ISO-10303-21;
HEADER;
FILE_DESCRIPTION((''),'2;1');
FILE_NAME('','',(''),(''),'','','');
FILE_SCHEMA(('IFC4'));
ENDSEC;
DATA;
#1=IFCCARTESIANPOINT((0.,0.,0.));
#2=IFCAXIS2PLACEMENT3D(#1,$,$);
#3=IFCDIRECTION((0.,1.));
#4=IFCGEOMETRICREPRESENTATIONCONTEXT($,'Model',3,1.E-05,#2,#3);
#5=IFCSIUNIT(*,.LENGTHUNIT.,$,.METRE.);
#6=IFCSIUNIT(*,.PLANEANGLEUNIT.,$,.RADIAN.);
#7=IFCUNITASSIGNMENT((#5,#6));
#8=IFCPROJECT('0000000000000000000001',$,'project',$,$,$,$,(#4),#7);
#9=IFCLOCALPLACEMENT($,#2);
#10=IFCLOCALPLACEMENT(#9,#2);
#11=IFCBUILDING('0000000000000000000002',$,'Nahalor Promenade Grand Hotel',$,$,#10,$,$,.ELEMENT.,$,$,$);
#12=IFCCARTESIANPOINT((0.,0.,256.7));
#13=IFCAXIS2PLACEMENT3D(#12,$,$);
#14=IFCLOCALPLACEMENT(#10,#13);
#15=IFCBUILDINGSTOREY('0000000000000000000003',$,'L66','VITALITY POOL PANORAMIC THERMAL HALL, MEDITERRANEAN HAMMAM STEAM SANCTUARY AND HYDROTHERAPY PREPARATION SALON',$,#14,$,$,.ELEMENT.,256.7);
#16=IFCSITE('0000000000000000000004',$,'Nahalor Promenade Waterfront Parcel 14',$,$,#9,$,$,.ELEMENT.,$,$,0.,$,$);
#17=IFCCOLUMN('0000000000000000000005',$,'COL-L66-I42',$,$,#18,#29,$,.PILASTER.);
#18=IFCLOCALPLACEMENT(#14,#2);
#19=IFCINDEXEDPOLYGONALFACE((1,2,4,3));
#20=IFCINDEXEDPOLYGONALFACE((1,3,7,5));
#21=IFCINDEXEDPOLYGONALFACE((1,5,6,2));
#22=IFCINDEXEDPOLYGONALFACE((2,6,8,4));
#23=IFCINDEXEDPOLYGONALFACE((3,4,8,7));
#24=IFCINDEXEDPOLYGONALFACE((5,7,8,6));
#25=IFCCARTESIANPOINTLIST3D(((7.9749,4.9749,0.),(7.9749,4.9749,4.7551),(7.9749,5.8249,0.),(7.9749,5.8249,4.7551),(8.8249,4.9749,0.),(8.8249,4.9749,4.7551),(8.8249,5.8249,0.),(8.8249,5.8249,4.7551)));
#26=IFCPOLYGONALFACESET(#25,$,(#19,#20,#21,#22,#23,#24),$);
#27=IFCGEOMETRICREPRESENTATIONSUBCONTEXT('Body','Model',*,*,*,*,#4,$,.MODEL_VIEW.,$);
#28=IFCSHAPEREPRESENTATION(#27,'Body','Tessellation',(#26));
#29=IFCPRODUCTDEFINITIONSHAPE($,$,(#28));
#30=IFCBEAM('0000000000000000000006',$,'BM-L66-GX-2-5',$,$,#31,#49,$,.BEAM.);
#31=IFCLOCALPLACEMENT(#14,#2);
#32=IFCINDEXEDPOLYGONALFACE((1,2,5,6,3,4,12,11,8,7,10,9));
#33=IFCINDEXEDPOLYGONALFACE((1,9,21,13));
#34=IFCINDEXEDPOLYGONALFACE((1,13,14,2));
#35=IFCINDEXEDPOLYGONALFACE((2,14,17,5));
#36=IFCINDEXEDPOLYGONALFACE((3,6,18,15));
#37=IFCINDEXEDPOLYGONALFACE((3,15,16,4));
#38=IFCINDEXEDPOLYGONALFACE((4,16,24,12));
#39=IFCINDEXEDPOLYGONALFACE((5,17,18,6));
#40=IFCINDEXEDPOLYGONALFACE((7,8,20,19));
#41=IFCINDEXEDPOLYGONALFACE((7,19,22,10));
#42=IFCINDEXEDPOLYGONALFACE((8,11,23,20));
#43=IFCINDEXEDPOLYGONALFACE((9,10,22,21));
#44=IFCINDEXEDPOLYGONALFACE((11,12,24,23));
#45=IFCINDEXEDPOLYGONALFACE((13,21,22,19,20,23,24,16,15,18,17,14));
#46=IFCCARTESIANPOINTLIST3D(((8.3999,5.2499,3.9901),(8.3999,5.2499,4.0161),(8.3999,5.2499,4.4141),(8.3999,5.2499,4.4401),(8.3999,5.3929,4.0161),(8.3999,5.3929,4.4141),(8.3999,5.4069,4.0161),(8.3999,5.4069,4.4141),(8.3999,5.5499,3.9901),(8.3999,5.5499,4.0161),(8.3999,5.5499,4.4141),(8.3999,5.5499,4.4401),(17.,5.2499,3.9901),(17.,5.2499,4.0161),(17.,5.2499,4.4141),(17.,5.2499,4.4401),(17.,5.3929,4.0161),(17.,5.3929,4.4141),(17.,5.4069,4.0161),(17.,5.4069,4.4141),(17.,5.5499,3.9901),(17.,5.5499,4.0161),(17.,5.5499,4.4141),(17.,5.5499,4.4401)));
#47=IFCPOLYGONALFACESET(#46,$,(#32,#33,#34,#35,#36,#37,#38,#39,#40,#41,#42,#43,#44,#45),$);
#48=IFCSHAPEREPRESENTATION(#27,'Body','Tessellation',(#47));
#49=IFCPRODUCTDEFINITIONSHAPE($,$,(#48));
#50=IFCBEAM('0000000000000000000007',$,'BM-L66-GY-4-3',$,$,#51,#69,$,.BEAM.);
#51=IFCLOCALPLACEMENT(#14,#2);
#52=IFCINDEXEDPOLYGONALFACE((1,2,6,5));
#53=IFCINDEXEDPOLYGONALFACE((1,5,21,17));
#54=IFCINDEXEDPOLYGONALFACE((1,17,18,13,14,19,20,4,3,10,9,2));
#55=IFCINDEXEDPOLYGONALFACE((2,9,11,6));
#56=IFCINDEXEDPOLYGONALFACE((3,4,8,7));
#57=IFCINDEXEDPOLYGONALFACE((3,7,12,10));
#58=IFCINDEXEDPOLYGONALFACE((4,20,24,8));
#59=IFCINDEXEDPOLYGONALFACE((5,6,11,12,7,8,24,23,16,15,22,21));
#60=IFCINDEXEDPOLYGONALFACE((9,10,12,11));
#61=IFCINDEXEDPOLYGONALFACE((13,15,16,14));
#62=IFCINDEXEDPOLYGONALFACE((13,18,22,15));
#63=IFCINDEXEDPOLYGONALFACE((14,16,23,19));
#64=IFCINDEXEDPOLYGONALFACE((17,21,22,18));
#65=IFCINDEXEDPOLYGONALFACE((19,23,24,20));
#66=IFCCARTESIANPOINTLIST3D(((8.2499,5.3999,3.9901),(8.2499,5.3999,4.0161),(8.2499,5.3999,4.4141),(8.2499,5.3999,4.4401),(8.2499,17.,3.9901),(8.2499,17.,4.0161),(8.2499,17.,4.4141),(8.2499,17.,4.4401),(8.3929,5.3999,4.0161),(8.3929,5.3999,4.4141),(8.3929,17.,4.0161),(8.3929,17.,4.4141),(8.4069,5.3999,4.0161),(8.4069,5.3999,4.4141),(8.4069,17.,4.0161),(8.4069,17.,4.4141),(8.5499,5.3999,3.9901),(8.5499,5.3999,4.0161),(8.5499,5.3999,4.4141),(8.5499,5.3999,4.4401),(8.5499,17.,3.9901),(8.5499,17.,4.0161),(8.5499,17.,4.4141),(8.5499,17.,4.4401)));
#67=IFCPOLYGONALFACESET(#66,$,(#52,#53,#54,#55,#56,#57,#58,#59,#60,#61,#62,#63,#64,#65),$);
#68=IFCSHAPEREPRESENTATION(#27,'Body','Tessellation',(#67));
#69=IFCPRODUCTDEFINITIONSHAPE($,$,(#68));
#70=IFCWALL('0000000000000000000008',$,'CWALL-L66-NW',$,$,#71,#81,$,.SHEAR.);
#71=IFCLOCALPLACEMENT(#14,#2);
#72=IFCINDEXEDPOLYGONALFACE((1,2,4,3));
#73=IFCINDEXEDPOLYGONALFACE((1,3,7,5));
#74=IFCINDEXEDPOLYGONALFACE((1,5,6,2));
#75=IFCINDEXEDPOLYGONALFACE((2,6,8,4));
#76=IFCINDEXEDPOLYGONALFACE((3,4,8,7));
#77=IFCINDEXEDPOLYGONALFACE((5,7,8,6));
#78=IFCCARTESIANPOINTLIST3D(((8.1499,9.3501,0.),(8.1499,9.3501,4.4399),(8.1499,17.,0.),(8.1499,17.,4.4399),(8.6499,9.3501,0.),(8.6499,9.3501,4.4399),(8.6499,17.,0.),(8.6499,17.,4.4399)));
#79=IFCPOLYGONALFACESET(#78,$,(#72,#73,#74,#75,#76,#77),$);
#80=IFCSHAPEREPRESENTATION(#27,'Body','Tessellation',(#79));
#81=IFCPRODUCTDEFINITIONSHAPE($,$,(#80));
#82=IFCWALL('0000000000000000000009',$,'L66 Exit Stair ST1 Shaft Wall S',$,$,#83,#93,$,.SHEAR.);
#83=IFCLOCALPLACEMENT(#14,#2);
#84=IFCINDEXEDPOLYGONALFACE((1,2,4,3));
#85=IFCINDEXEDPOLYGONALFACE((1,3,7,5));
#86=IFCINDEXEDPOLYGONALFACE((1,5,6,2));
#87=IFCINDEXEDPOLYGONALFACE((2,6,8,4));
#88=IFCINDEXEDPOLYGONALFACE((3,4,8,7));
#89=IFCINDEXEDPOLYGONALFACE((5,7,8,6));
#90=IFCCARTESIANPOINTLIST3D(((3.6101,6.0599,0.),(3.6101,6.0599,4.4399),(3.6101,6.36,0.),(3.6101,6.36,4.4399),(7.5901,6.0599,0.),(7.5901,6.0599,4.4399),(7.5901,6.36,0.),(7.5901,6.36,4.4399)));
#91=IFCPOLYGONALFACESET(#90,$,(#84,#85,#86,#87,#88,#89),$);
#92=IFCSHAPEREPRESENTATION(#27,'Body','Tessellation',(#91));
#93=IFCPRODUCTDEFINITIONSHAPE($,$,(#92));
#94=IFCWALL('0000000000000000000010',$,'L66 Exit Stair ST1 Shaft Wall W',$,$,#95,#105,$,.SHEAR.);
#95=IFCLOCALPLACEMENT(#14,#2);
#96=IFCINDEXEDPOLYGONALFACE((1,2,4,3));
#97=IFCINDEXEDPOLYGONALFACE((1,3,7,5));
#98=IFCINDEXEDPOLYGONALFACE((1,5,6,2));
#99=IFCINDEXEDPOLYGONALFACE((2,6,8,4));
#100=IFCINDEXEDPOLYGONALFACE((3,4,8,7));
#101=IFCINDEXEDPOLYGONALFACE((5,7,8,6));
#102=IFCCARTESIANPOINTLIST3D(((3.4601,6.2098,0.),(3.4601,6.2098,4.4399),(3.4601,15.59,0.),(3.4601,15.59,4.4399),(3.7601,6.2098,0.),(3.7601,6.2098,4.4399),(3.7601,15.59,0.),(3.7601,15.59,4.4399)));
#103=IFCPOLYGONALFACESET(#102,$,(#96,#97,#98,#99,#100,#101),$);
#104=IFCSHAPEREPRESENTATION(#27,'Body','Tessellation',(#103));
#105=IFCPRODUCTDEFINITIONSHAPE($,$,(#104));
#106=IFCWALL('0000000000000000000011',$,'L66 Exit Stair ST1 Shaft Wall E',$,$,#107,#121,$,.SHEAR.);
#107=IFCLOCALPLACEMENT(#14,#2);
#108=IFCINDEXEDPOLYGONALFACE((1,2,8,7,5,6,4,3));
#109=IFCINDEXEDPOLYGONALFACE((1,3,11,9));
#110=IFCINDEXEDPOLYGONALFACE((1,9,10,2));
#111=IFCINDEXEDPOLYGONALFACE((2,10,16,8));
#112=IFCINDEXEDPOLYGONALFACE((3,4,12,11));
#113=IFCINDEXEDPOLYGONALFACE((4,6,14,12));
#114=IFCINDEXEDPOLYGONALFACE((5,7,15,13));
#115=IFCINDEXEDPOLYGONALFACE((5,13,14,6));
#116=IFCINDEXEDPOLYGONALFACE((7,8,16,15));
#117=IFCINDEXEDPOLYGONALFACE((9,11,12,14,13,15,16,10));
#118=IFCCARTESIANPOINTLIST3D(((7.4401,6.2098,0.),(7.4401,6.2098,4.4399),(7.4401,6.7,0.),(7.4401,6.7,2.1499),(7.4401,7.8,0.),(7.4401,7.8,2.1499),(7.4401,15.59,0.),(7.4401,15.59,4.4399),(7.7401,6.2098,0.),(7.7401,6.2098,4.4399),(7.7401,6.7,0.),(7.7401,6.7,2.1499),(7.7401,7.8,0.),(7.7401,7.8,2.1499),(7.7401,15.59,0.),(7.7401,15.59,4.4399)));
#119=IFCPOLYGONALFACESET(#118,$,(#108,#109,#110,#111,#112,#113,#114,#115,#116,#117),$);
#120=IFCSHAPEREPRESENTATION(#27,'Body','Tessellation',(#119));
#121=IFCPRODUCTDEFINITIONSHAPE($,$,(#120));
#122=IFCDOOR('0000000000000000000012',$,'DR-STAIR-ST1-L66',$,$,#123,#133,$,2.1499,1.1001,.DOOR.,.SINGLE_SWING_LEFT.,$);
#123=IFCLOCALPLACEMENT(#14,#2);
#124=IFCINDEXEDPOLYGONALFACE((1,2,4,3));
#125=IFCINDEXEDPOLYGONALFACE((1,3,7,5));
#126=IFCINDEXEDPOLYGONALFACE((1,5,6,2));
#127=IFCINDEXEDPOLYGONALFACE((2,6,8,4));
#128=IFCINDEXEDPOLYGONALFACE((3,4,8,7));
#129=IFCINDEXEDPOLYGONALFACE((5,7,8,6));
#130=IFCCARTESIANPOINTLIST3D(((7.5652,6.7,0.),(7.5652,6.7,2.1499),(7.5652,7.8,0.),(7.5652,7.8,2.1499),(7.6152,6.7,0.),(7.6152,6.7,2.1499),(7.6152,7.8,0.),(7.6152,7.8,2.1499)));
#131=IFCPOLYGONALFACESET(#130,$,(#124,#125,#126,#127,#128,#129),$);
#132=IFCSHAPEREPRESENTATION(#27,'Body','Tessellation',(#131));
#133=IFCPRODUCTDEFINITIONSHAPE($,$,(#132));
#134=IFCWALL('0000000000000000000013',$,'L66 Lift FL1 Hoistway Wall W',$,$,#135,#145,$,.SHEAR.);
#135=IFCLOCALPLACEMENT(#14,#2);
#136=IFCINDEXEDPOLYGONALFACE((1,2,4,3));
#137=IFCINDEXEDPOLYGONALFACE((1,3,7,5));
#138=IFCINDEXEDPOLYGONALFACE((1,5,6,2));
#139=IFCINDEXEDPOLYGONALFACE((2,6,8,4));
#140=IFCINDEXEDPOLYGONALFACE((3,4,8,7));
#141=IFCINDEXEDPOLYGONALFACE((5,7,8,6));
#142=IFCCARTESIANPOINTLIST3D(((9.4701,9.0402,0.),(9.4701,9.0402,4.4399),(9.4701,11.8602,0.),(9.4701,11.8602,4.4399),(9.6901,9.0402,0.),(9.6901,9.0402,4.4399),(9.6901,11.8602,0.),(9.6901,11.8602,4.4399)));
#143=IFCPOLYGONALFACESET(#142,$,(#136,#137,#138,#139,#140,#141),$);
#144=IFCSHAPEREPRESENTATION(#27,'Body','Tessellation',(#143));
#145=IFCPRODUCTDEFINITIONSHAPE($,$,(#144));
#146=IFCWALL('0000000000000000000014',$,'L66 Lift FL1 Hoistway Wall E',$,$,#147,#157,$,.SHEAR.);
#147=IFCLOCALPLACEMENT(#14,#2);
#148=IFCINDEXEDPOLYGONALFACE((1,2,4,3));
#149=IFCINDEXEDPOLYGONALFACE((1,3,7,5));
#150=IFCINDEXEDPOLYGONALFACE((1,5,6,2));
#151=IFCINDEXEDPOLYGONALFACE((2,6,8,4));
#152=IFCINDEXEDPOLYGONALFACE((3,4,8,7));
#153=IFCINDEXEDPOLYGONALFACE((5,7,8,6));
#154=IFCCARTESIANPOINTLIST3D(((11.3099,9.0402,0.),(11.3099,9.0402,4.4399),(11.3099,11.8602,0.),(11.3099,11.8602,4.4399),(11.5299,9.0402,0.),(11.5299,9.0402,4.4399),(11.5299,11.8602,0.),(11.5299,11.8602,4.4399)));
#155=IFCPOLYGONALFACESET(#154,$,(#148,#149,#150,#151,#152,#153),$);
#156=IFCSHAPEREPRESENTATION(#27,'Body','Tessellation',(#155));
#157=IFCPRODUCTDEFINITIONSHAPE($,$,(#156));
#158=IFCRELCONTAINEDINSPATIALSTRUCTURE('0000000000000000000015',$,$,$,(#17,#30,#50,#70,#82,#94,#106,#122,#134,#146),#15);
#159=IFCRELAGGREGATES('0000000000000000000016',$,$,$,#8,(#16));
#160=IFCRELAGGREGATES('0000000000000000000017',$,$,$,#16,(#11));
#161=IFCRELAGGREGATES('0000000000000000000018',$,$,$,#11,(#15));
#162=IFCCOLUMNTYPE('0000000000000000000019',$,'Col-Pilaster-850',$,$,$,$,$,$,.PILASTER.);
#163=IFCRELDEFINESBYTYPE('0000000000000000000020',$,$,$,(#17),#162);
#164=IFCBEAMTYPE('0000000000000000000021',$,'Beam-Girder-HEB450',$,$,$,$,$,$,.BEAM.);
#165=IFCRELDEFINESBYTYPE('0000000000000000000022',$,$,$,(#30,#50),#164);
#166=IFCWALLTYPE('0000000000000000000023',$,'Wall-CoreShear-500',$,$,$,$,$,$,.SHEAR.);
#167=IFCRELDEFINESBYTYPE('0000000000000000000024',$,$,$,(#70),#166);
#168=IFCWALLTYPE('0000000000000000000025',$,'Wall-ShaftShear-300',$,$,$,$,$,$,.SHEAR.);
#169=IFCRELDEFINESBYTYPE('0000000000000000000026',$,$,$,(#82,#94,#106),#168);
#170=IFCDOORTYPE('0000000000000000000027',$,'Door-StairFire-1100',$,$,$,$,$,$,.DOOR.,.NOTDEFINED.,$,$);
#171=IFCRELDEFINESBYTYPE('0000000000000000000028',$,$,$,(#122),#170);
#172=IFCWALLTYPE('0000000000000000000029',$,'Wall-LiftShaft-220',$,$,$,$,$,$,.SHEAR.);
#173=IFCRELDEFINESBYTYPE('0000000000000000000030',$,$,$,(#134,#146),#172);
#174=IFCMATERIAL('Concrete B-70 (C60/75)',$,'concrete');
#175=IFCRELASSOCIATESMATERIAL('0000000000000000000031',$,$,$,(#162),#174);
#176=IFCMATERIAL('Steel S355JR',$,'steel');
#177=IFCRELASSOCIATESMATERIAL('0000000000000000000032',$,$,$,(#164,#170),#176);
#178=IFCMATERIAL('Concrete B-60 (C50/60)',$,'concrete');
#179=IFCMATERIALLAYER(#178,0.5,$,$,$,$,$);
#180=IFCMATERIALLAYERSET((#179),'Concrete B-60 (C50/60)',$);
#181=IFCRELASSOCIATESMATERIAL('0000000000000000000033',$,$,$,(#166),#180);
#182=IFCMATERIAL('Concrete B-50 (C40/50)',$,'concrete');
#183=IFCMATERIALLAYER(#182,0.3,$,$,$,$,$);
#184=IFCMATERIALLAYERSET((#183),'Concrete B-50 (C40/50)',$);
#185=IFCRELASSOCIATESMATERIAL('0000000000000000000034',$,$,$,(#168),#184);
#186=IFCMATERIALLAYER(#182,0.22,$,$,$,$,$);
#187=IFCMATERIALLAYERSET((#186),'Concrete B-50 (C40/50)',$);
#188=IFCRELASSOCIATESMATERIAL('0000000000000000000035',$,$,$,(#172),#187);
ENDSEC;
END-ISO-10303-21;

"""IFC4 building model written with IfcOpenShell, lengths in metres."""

from ifc_helpers import new_model, si_unit, direction, frame, frame_2d, origin, origin_2d, place, context, subcontext, project, spatial, rectangle, i_section, extrude, source, transform, mapped, material, layer, layer_set, material_profile, profile_set, type_object, element, fill, save


model = new_model("IFC4")

# Units and contexts
model_context = context("Model", 3, precision=1e-05, world=origin(), true_north=direction((0.0, 1.0)))
body_context = subcontext(model_context, "Body", "Model", "MODEL_VIEW")
ifc_project = project(units=[si_unit("LENGTHUNIT", "METRE"), si_unit("PLANEANGLEUNIT", "RADIAN")], contexts=[model_context])

# Site, building, storey
site_placement = place(None, origin())
site = spatial("IfcSite", under=ifc_project, at=site_placement, Name="Nahalor Promenade Waterfront Parcel 14", CompositionType="ELEMENT", RefElevation=0.0)
building_placement = place(site_placement, origin())
building = spatial("IfcBuilding", under=site, at=building_placement, Name="Nahalor Promenade Grand Hotel", CompositionType="ELEMENT")
storey_placement = place(building_placement, frame((0.0, 0.0, 256.7)))
storey = spatial("IfcBuildingStorey", under=building, at=storey_placement, Name="L66", Description="VITALITY POOL PANORAMIC THERMAL HALL, MEDITERRANEAN HAMMAM STEAM SANCTUARY AND HYDROTHERAPY PREPARATION SALON", CompositionType="ELEMENT", Elevation=256.7)

# Column
ifc_material_1 = material(Name="Concrete B-70 (C60/75)", Category="concrete")
ifc_material_profile_1 = material_profile(ifc_material_1, rectangle(XDim=0.85, YDim=0.85, at=origin_2d()), Name="RC 850x850")
ifc_profile_set_1 = profile_set([ifc_material_profile_1], Name="Concrete B-70 (C60/75)")
column_type = type_object("IfcColumnType", Name="Col-Pilaster-850", PredefinedType="PILASTER", material=ifc_profile_set_1)
shared_shape_1 = source(origin(), body_context, "Body", "SweptSolid", [
    extrude(rectangle(XDim=0.85, YDim=0.85, at=origin_2d()), origin(), (0.0, 0.0, 1.0), 4.7551),
])
column_placement = place(storey_placement, frame((8.3999, 5.3999, 0.0), z_axis=(0.0, 0.0, 1.0), x_axis=(1.0, 0.0, 0.0)))
element("IfcColumn", 1, at=column_placement, inside=storey, type_object=column_type, Name="COL-L66-I42", PredefinedType="PILASTER", context=body_context, shape_type="MappedRepresentation", body=[
    mapped(shared_shape_1, transform((0.0, 0.0, 0.0), scale=1.0)),
])

# Beams
ifc_material_2 = material(Name="Steel S355JR", Category="steel")
ifc_material_profile_2 = material_profile(ifc_material_2, i_section(OverallWidth=0.3, OverallDepth=0.45, WebThickness=0.014, FlangeThickness=0.026, at=origin_2d()), Name="HEB 450")
ifc_profile_set_2 = profile_set([ifc_material_profile_2], Name="Steel S355JR")
beam_type = type_object("IfcBeamType", Name="Beam-Girder-HEB450", PredefinedType="BEAM", material=ifc_profile_set_2)
shared_shape_2 = source(origin(), body_context, "Body", "SweptSolid", [
    extrude(i_section(OverallWidth=0.3, OverallDepth=0.45, WebThickness=0.014, FlangeThickness=0.026, at=origin_2d()), origin(), (0.0, 0.0, 1.0), 8.6001),
])
beam_1_placement = place(storey_placement, frame((8.3999, 5.3999, 4.2151), z_axis=(1.0, 0.0, 0.0), x_axis=(0.0, 1.0, 0.0)))
element("IfcBeam", 2, at=beam_1_placement, inside=storey, type_object=beam_type, Name="BM-L66-GX-2-5", PredefinedType="BEAM", context=body_context, shape_type="MappedRepresentation", body=[
    mapped(shared_shape_2, transform((0.0, 0.0, 0.0), scale=1.0)),
])
shared_shape_3 = source(origin(), body_context, "Body", "SweptSolid", [
    extrude(i_section(OverallWidth=0.3, OverallDepth=0.45, WebThickness=0.014, FlangeThickness=0.026, at=origin_2d()), origin(), (0.0, 0.0, 1.0), 11.6001),
])
beam_2_placement = place(storey_placement, frame((8.3999, 5.3999, 4.2151), z_axis=(0.0, 1.0, 0.0), x_axis=(-1.0, 0.0, 0.0)))
element("IfcBeam", 3, at=beam_2_placement, inside=storey, type_object=beam_type, Name="BM-L66-GY-4-3", PredefinedType="BEAM", context=body_context, shape_type="MappedRepresentation", body=[
    mapped(shared_shape_3, transform((0.0, 0.0, 0.0), scale=1.0)),
])

# Walls
ifc_material_3 = material(Name="Concrete B-60 (C50/60)", Category="concrete")
ifc_layer_1 = layer(ifc_material_3, 0.5)
ifc_layer_set_1 = layer_set([ifc_layer_1], Name="Concrete B-60 (C50/60)")
wall_type_1 = type_object("IfcWallType", Name="Wall-CoreShear-500", PredefinedType="SHEAR", material=ifc_layer_set_1)
shared_shape_4 = source(origin(), body_context, "Body", "SweptSolid", [
    extrude(rectangle(XDim=7.6499, YDim=0.5, at=frame_2d((3.825, 0.0))), origin(), (0.0, 0.0, 1.0), 4.4399),
])
wall_1_placement = place(storey_placement, frame((8.3999, 9.3501, 0.0), z_axis=(0.0, 0.0, 1.0), x_axis=(0.0, 1.0, 0.0)))
element("IfcWall", 4, at=wall_1_placement, inside=storey, type_object=wall_type_1, Name="CWALL-L66-NW", PredefinedType="SHEAR", context=body_context, shape_type="MappedRepresentation", body=[
    mapped(shared_shape_4, transform((0.0, 0.0, 0.0), scale=1.0)),
])
ifc_material_4 = material(Name="Concrete B-50 (C40/50)", Category="concrete")
ifc_layer_2 = layer(ifc_material_4, 0.3)
ifc_layer_set_2 = layer_set([ifc_layer_2], Name="Concrete B-50 (C40/50)")
wall_type_2 = type_object("IfcWallType", Name="Wall-ShaftShear-300", PredefinedType="SHEAR", material=ifc_layer_set_2)
shared_shape_5 = source(origin(), body_context, "Body", "SweptSolid", [
    extrude(rectangle(XDim=3.98, YDim=0.3, at=frame_2d((1.99, 0.0))), origin(), (0.0, 0.0, 1.0), 4.4399),
])
wall_2_placement = place(storey_placement, frame((3.6101, 6.21, 0.0), z_axis=(0.0, 0.0, 1.0), x_axis=(1.0, 0.0, 0.0)))
element("IfcWall", 5, at=wall_2_placement, inside=storey, type_object=wall_type_2, Name="L66 Exit Stair ST1 Shaft Wall S", PredefinedType="SHEAR", context=body_context, shape_type="MappedRepresentation", body=[
    mapped(shared_shape_5, transform((0.0, 0.0, 0.0), scale=1.0)),
])
shared_shape_6 = source(origin(), body_context, "Body", "SweptSolid", [
    extrude(rectangle(XDim=9.3801, YDim=0.3, at=frame_2d((4.6899, 0.0))), origin(), (0.0, 0.0, 1.0), 4.4399),
])
wall_3_placement = place(storey_placement, frame((3.6101, 6.21, 0.0), z_axis=(0.0, 0.0, 1.0), x_axis=(0.0, 1.0, 0.0)))
element("IfcWall", 6, at=wall_3_placement, inside=storey, type_object=wall_type_2, Name="L66 Exit Stair ST1 Shaft Wall W", PredefinedType="SHEAR", context=body_context, shape_type="MappedRepresentation", body=[
    mapped(shared_shape_6, transform((0.0, 0.0, 0.0), scale=1.0)),
])

# Wall, opening, door
wall_4_placement = place(storey_placement, frame((7.5901, 6.21, 0.0), z_axis=(0.0, 0.0, 1.0), x_axis=(0.0, 1.0, 0.0)))
wall_4 = element("IfcWall", 7, at=wall_4_placement, inside=storey, type_object=wall_type_2, Name="L66 Exit Stair ST1 Shaft Wall E", PredefinedType="SHEAR", context=body_context, shape_type="MappedRepresentation", body=[
    mapped(shared_shape_6, transform((0.0, 0.0, 0.0), scale=1.0)),
])
opening_1_placement = place(wall_4_placement, frame((0.49, 0.0, 0.0)))
opening_1 = element("IfcOpeningElement", 8, at=opening_1_placement, cuts=wall_4, PredefinedType="OPENING", context=body_context, shape_type="SweptSolid", body=[
    extrude(rectangle(XDim=1.1001, YDim=2.1499, at=frame_2d((0.55, 1.075))), frame((0.0, 0.1599, 0.0), z_axis=(0.0, -1.0, 0.0), x_axis=(1.0, 0.0, 0.0)), (0.0, 0.0, 1.0), 0.3201),
])
door_type_1 = type_object("IfcDoorType", Name="Door-StairFire-1100", OperationType="NOTDEFINED", PredefinedType="DOOR", material=ifc_material_2)
shared_shape_7 = source(origin(), body_context, "Body", "SweptSolid", [
    extrude(rectangle(XDim=1.1001, YDim=2.1499, at=frame_2d((0.55, 1.075))), frame((0.0, 0.0249, 0.0), z_axis=(0.0, -1.0, 0.0), x_axis=(1.0, 0.0, 0.0)), (0.0, 0.0, 1.0), 0.05),
])
door_1_placement = place(opening_1_placement, origin())
door_1 = element("IfcDoor", 9, at=door_1_placement, inside=storey, type_object=door_type_1, Name="DR-STAIR-ST1-L66", OperationType="SINGLE_SWING_LEFT", OverallHeight=2.1499, OverallWidth=1.1001, PredefinedType="DOOR", context=body_context, shape_type="MappedRepresentation", body=[
    mapped(shared_shape_7, transform((0.0, 0.0, 0.0), scale=1.0)),
])
fill(opening_1, door_1)

# Walls
ifc_layer_3 = layer(ifc_material_4, 0.22)
ifc_layer_set_3 = layer_set([ifc_layer_3], Name="Concrete B-50 (C40/50)")
wall_type_3 = type_object("IfcWallType", Name="Wall-LiftShaft-220", PredefinedType="SHEAR", material=ifc_layer_set_3)
shared_shape_8 = source(origin(), body_context, "Body", "SweptSolid", [
    extrude(rectangle(XDim=2.8201, YDim=0.22, at=frame_2d((1.4102, 0.0))), origin(), (0.0, 0.0, 1.0), 4.4399),
])
for number, where, z_axis, x_axis, name in (
    (10, (9.5801, 9.04, 0.0), (0.0, 0.0, 1.0), (0.0, 1.0, 0.0), "L66 Lift FL1 Hoistway Wall W"),
    (11, (11.4199, 9.04, 0.0), (0.0, 0.0, 1.0), (0.0, 1.0, 0.0), "L66 Lift FL1 Hoistway Wall E"),
):
    element("IfcWall", number, at=place(storey_placement, frame(where, z_axis=z_axis, x_axis=x_axis)), inside=storey, type_object=wall_type_3, Name=name, PredefinedType="SHEAR", context=body_context, shape_type="MappedRepresentation", body=[
        mapped(shared_shape_8, transform((0.0, 0.0, 0.0), scale=1.0)),
    ])

save(model, "model.ifc")
